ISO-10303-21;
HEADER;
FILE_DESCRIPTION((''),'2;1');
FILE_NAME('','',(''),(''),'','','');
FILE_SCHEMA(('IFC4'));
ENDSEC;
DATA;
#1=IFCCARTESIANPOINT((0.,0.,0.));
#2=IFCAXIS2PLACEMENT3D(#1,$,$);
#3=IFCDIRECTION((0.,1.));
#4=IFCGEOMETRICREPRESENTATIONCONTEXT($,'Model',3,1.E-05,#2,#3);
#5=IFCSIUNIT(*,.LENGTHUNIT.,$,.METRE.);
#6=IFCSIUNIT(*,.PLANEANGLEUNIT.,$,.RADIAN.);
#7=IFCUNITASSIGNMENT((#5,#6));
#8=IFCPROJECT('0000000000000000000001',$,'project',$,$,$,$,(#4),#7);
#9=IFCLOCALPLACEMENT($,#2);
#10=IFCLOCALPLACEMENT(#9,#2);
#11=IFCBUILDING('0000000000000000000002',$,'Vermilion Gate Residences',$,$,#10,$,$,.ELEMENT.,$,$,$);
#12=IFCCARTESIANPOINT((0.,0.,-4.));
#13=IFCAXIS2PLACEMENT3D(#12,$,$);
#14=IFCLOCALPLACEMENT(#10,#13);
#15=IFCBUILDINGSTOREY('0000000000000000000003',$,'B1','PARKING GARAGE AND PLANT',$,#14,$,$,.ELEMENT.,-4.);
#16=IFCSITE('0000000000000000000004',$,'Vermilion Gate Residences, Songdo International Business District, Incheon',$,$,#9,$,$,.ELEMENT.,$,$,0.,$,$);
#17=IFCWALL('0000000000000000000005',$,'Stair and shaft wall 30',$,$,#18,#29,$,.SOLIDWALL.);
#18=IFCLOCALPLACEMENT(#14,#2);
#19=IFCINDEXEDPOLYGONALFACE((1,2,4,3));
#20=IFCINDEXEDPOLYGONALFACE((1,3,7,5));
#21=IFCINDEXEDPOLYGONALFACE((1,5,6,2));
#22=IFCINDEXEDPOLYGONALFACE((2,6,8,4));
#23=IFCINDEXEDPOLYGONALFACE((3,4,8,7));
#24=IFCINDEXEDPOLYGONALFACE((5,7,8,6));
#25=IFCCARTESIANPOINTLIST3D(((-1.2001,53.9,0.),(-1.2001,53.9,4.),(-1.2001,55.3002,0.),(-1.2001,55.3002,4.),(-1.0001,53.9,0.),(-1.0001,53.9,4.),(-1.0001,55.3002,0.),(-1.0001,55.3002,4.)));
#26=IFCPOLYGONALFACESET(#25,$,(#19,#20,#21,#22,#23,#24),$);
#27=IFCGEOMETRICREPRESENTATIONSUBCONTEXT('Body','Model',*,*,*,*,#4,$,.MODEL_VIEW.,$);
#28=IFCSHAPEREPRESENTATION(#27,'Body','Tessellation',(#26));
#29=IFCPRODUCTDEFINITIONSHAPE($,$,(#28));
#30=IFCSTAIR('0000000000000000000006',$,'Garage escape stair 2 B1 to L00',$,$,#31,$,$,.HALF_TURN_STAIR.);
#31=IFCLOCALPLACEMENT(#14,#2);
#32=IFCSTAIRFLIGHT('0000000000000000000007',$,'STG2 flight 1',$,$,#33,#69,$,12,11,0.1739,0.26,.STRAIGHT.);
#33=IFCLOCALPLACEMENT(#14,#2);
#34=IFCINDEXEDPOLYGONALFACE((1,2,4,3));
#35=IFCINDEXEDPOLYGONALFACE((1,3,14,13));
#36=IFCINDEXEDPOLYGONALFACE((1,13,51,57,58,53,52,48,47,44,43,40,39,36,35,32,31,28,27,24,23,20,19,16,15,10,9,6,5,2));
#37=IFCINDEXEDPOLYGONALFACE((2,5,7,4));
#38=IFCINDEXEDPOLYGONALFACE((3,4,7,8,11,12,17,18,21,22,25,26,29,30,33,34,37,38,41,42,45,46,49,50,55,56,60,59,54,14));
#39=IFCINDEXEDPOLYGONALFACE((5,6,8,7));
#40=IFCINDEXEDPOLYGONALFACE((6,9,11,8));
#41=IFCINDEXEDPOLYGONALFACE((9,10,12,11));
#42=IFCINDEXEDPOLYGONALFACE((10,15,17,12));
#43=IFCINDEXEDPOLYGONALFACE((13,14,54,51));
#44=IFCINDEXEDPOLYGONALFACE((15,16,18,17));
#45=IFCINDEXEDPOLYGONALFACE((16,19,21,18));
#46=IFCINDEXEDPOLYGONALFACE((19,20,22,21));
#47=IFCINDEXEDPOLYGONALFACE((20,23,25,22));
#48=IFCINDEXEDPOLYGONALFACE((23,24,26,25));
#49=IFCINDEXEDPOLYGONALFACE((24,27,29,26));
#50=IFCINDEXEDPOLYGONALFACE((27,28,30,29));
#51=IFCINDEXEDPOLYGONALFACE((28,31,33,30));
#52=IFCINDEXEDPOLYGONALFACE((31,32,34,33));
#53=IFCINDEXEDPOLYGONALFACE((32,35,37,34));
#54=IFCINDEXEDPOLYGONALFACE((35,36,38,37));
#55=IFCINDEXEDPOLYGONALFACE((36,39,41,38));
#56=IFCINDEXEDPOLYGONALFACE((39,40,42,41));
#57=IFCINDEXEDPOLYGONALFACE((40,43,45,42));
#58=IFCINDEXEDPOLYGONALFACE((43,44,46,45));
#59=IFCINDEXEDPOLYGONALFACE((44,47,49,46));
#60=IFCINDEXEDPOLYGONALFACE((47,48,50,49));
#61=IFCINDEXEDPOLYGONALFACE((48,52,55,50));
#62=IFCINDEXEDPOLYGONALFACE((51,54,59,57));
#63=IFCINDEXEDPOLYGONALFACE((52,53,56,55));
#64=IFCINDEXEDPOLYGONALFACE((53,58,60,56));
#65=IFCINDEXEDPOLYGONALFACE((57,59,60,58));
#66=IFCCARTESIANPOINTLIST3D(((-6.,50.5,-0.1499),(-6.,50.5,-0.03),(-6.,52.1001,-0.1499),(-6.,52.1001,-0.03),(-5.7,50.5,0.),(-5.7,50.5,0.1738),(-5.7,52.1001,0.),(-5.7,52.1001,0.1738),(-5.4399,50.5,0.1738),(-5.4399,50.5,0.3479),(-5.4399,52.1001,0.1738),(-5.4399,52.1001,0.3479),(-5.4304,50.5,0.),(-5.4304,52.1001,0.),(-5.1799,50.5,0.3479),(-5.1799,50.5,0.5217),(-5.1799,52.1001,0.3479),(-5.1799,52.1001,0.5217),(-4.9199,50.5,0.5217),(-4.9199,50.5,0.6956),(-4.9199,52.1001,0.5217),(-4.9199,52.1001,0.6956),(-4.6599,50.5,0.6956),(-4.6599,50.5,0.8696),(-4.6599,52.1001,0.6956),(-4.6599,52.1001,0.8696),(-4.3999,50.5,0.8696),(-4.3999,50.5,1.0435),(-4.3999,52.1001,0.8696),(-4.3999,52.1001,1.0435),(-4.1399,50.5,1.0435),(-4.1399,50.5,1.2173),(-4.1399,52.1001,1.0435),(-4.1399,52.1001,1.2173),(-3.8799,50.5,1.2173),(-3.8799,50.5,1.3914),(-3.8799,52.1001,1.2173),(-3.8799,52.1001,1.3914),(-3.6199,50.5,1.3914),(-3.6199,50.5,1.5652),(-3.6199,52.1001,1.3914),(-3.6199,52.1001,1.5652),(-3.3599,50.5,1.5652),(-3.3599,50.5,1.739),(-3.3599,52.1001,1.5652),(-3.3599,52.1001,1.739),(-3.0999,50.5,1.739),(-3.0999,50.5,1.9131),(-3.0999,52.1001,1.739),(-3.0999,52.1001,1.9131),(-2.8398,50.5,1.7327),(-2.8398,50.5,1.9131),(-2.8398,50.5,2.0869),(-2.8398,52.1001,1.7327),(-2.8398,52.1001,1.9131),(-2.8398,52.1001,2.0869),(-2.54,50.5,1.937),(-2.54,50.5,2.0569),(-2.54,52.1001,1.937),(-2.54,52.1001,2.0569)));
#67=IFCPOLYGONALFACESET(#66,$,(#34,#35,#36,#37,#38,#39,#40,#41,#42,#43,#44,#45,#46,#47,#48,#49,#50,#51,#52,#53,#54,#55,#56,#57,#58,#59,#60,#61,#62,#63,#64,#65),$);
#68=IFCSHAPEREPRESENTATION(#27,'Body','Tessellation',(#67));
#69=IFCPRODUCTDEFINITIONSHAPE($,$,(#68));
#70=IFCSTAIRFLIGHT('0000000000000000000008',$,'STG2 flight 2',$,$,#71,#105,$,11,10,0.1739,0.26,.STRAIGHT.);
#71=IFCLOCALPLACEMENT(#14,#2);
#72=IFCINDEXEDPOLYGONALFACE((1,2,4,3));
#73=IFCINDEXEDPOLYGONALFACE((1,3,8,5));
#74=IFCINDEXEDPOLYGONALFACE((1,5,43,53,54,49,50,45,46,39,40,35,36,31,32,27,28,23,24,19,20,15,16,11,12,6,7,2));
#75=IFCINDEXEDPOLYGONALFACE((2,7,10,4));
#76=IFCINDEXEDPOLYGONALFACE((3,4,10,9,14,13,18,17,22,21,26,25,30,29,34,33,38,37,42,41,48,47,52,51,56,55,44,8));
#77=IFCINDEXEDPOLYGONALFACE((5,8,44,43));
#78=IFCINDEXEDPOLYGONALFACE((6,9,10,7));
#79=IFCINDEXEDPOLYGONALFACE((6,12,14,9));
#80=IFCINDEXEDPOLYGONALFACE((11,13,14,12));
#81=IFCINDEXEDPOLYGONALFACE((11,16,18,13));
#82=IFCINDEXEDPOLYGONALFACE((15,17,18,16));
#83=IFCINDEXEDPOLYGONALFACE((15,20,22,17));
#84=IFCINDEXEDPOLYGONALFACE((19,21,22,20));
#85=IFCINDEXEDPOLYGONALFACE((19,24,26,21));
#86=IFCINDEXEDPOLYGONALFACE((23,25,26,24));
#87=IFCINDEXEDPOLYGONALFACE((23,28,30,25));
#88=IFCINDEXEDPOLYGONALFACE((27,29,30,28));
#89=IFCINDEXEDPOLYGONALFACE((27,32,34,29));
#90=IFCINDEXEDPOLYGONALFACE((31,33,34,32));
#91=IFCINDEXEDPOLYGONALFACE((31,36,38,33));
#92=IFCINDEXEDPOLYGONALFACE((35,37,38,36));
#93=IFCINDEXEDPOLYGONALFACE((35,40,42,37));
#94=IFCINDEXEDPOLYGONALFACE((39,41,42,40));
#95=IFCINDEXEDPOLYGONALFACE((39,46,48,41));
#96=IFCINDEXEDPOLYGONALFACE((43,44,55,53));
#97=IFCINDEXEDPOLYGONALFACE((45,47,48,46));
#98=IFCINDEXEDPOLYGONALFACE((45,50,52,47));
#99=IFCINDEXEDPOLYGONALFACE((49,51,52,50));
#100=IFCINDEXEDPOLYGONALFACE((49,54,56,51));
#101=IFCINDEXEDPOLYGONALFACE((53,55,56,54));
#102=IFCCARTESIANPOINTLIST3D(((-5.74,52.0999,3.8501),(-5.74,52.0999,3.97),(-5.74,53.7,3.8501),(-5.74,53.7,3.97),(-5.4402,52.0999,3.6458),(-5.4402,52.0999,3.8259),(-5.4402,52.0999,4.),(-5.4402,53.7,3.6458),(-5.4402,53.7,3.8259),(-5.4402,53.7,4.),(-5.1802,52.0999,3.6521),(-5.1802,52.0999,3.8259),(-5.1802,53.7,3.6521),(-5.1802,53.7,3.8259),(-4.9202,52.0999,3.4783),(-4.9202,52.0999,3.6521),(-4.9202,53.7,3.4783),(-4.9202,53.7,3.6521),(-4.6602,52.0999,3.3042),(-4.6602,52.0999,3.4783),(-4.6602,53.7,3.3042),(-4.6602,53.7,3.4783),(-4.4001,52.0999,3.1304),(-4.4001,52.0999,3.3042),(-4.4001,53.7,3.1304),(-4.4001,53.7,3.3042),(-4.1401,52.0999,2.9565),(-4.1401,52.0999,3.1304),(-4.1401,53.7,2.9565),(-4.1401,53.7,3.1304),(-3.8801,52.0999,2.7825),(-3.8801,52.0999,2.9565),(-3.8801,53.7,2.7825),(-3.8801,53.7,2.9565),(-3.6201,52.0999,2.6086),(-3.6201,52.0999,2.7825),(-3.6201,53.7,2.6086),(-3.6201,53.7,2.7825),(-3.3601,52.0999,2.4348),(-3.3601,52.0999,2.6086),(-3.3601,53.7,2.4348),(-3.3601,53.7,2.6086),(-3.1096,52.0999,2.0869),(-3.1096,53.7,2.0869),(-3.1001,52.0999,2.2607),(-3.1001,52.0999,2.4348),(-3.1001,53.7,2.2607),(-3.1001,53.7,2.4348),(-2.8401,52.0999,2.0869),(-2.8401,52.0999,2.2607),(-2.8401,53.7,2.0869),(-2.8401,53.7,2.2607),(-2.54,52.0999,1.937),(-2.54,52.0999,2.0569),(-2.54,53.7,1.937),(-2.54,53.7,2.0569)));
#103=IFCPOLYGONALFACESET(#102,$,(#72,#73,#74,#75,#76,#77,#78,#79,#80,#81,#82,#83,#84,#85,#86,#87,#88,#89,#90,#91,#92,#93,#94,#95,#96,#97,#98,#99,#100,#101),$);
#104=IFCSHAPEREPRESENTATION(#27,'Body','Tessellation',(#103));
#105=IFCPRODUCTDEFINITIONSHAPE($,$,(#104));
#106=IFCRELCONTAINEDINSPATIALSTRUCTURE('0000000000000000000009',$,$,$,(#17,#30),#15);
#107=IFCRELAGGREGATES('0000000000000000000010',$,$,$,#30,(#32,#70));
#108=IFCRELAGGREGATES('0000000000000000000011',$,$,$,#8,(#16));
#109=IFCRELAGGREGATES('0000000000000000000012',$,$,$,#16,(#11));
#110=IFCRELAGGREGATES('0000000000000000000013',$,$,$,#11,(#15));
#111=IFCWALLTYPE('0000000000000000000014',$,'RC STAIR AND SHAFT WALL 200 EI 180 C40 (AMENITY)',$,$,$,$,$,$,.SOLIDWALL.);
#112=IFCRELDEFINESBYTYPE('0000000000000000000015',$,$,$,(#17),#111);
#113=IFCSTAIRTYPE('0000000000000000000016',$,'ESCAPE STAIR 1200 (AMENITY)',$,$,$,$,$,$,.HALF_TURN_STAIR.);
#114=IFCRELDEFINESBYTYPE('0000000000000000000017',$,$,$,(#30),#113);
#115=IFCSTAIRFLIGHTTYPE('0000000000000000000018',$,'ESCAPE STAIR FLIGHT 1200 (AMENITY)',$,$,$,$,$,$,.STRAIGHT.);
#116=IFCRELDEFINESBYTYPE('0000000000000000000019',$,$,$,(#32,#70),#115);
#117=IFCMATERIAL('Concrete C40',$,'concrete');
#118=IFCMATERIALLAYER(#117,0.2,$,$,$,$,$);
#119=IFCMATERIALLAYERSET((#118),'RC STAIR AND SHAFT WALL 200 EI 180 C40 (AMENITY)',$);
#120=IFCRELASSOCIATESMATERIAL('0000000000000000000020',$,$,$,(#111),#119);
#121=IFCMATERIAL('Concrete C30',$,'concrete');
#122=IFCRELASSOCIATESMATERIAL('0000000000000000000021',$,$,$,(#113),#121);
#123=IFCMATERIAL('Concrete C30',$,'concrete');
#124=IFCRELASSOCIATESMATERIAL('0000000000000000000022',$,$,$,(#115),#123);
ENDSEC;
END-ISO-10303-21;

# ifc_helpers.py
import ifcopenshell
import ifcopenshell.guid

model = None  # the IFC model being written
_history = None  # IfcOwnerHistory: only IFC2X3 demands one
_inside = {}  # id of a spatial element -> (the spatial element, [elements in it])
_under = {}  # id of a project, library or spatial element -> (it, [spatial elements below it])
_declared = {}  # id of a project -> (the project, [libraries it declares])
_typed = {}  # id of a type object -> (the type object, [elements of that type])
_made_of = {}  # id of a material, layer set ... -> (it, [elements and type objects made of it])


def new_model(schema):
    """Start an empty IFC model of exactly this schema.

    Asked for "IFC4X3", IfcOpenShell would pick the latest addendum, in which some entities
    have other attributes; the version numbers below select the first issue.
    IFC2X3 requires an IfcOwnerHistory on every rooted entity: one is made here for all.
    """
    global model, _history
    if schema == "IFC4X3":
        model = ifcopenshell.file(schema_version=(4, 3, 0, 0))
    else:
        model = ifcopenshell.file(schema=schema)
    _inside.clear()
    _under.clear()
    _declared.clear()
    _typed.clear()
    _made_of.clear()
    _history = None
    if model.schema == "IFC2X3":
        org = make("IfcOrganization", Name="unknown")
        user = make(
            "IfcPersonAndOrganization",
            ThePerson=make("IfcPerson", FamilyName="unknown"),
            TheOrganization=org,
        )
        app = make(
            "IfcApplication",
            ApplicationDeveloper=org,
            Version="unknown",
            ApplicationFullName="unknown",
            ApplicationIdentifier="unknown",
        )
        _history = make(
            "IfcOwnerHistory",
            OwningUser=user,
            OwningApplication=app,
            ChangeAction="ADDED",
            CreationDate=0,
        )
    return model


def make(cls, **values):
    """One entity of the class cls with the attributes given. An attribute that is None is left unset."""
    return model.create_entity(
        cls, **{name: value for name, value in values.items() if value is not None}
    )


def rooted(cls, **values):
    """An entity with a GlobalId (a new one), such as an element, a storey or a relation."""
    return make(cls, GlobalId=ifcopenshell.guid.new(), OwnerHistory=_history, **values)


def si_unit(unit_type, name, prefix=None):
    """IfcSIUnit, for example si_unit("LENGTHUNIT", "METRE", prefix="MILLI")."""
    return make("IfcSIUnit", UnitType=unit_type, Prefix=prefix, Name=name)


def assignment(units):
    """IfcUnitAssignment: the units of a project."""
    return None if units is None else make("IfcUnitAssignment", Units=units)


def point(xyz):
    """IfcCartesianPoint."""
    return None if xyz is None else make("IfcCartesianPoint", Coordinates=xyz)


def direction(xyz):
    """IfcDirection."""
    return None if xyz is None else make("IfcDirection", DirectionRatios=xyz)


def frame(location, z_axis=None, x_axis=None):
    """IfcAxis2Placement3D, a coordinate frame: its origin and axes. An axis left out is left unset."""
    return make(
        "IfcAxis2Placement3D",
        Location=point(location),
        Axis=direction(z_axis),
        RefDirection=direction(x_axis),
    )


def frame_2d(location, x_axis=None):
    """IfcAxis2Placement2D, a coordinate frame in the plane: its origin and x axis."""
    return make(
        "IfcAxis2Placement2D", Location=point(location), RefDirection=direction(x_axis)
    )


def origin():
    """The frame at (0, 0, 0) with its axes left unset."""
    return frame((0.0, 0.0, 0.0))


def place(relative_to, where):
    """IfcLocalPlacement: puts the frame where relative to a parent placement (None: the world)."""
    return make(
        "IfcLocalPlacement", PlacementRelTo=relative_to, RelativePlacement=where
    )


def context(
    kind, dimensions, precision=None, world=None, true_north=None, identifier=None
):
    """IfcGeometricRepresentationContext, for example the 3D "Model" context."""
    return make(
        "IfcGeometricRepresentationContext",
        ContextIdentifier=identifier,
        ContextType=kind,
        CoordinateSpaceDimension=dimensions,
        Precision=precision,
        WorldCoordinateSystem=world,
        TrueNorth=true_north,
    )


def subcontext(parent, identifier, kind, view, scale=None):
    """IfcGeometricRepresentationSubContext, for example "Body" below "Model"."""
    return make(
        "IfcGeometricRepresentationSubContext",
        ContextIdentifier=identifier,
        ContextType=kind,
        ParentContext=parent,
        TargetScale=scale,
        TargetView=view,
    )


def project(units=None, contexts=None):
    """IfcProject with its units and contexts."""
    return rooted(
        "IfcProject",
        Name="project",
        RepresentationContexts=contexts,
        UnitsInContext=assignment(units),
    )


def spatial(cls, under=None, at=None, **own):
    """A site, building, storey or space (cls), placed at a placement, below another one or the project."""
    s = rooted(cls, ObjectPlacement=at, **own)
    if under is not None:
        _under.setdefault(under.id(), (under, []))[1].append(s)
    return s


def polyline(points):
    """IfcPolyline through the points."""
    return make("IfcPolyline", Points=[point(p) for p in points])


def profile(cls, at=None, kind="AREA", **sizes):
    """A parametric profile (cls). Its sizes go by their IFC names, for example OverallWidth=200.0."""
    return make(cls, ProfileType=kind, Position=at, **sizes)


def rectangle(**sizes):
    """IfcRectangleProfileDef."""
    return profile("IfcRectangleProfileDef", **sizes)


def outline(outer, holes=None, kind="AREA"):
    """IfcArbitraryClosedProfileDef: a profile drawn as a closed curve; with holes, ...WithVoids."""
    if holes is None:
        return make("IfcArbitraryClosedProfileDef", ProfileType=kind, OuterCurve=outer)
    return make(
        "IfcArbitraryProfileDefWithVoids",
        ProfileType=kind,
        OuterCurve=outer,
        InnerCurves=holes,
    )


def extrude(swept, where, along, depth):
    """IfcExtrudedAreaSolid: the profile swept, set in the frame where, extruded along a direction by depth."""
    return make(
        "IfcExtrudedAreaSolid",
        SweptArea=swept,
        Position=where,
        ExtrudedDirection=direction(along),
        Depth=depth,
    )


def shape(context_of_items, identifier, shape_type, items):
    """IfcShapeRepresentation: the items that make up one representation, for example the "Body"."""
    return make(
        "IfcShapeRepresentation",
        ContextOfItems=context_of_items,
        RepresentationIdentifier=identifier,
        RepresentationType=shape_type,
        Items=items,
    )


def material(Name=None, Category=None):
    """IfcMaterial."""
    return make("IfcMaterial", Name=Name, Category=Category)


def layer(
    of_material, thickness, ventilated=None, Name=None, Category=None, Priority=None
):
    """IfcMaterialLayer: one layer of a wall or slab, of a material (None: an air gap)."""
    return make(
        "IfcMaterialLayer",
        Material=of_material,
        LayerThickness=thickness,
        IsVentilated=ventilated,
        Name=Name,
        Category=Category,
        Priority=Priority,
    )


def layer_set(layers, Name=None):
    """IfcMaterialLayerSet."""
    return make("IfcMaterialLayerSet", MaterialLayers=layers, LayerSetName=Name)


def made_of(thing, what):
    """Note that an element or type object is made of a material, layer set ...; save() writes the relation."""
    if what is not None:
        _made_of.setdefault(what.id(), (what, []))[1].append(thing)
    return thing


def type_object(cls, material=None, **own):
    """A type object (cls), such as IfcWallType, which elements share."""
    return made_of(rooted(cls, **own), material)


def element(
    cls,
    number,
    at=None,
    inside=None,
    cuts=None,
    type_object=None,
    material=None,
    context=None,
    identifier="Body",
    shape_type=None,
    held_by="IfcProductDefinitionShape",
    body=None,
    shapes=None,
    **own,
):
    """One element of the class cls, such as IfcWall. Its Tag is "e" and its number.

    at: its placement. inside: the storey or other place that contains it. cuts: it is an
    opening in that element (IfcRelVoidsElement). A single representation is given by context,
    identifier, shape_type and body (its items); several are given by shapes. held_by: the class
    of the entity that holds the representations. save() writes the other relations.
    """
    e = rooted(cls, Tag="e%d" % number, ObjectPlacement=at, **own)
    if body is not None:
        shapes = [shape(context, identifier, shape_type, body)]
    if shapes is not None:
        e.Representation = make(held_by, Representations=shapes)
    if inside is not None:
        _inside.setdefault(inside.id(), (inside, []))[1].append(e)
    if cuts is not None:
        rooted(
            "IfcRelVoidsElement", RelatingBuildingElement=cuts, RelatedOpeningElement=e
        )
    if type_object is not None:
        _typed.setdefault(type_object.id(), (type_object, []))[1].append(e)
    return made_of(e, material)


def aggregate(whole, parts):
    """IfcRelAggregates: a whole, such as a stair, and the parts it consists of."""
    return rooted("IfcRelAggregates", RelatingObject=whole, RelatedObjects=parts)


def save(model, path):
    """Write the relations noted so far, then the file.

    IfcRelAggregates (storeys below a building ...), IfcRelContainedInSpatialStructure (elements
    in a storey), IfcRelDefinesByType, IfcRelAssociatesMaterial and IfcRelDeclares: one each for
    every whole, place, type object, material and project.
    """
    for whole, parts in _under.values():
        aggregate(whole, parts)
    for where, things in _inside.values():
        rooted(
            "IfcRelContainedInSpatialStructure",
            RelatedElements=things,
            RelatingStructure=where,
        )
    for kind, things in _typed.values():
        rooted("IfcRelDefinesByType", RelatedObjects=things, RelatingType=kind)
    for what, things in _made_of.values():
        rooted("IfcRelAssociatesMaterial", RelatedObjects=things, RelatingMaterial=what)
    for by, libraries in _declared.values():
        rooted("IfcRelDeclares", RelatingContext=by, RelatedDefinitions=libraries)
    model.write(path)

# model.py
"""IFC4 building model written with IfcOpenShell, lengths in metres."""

from ifc_helpers import new_model, si_unit, direction, frame, frame_2d, origin, place, context, subcontext, project, spatial, polyline, rectangle, outline, extrude, material, layer, layer_set, type_object, element, aggregate, save


model = new_model("IFC4")

# Units and contexts
model_context = context("Model", 3, precision=1e-05, world=origin(), true_north=direction((0.0, 1.0)))
body_context = subcontext(model_context, "Body", "Model", "MODEL_VIEW")
ifc_project = project(units=[si_unit("LENGTHUNIT", "METRE"), si_unit("PLANEANGLEUNIT", "RADIAN")], contexts=[model_context])

# Site, building, storey
site_placement = place(None, origin())
site = spatial("IfcSite", under=ifc_project, at=site_placement, Name="Vermilion Gate Residences, Songdo International Business District, Incheon", CompositionType="ELEMENT", RefElevation=0.0)
building_placement = place(site_placement, origin())
building = spatial("IfcBuilding", under=site, at=building_placement, Name="Vermilion Gate Residences", CompositionType="ELEMENT")
storey_placement = place(building_placement, frame((0.0, 0.0, -4.0)))
storey = spatial("IfcBuildingStorey", under=building, at=storey_placement, Name="B1", Description="PARKING GARAGE AND PLANT", CompositionType="ELEMENT", Elevation=-4.0)

# Shared definitions
ifc_material_1 = material(Name="Concrete C40", Category="concrete")
ifc_layer_1 = layer(ifc_material_1, 0.2)
ifc_layer_set_1 = layer_set([ifc_layer_1], Name="RC STAIR AND SHAFT WALL 200 EI 180 C40 (AMENITY)")
wall_type_1 = type_object("IfcWallType", Name="RC STAIR AND SHAFT WALL 200 EI 180 C40 (AMENITY)", PredefinedType="SOLIDWALL", material=ifc_layer_set_1)

# Wall
wall_1_placement = place(storey_placement, frame((-1.1001, 53.8999, 0.0), z_axis=(0.0, 0.0, 1.0), x_axis=(0.0, 1.0, 0.0)))
element("IfcWall", 1, at=wall_1_placement, inside=storey, type_object=wall_type_1, Name="Stair and shaft wall 30", PredefinedType="SOLIDWALL", context=body_context, shape_type="SweptSolid", body=[
    extrude(rectangle(XDim=1.4001, YDim=0.2, at=frame_2d((0.7002, 0.0))), origin(), (0.0, 0.0, 1.0), 4.0),
])

# Stair, stair flights
ifc_material_2 = material(Name="Concrete C30", Category="concrete")
stair_type = type_object("IfcStairType", Name="ESCAPE STAIR 1200 (AMENITY)", PredefinedType="HALF_TURN_STAIR", material=ifc_material_2)
stair_placement = place(storey_placement, origin())
stair = element("IfcStair", 2, at=stair_placement, inside=storey, type_object=stair_type, Name="Garage escape stair 2 B1 to L00", PredefinedType="HALF_TURN_STAIR")
ifc_material_3 = material(Name="Concrete C30", Category="concrete")
stair_flight_type = type_object("IfcStairFlightType", Name="ESCAPE STAIR FLIGHT 1200 (AMENITY)", PredefinedType="STRAIGHT", material=ifc_material_3)
stair_flight_1_placement = place(storey_placement, frame((-5.7, 51.3, 0.0), z_axis=(0.0, 0.0, 1.0), x_axis=(1.0, 0.0, 0.0)))
stair_flight_1 = element("IfcStairFlight", 3, at=stair_flight_1_placement, type_object=stair_flight_type, Name="STG2 flight 1", NumberOfRisers=12, NumberOfTreads=11, PredefinedType="STRAIGHT", RiserHeight=0.1739, TreadLength=0.26, context=body_context, shape_type="SweptSolid", body=[
    extrude(outline(polyline([(-0.3, -0.1499), (-0.3, -0.03), (0.0, 0.0), (0.0, 0.1738), (0.26, 0.1738), (0.26, 0.3479), (0.52, 0.3479), (0.52, 0.5217), (0.78, 0.5217), (0.78, 0.6956), (1.04, 0.6956), (1.04, 0.8696), (1.3, 0.8696), (1.3, 1.0435), (1.5601, 1.0435), (1.5601, 1.2173), (1.8201, 1.2173), (1.8201, 1.3914), (2.0801, 1.3914), (2.0801, 1.5652), (2.3401, 1.5652), (2.3401, 1.739), (2.6001, 1.739), (2.6001, 1.9131), (2.8601, 1.9131), (2.8601, 2.0869), (3.1599, 2.0569), (3.1599, 1.937), (2.8601, 1.7327), (0.2695, 0.0), (-0.3, -0.1499)])), frame((0.0, 0.8, 0.0), z_axis=(0.0, -1.0, 0.0), x_axis=(1.0, 0.0, 0.0)), (0.0, 0.0, 1.0), 1.6001),
])
stair_flight_2_placement = place(storey_placement, frame((-2.8401, 52.8999, 2.0869), z_axis=(0.0, 0.0, 1.0), x_axis=(-1.0, 0.0, 0.0)))
stair_flight_2 = element("IfcStairFlight", 4, at=stair_flight_2_placement, type_object=stair_flight_type, Name="STG2 flight 2", NumberOfRisers=11, NumberOfTreads=10, PredefinedType="STRAIGHT", RiserHeight=0.1739, TreadLength=0.26, context=body_context, shape_type="SweptSolid", body=[
    extrude(outline(polyline([(-0.3, -0.1499), (-0.3, -0.03), (0.0, 0.0), (0.0, 0.1738), (0.26, 0.1738), (0.26, 0.3479), (0.52, 0.3479), (0.52, 0.5217), (0.78, 0.5217), (0.78, 0.6956), (1.04, 0.6956), (1.04, 0.8696), (1.3, 0.8696), (1.3, 1.0435), (1.5601, 1.0435), (1.5601, 1.2173), (1.8201, 1.2173), (1.8201, 1.3914), (2.0801, 1.3914), (2.0801, 1.5652), (2.3401, 1.5652), (2.3401, 1.739), (2.6001, 1.739), (2.6001, 1.9131), (2.8999, 1.8831), (2.8999, 1.7632), (2.6001, 1.5588), (0.2695, 0.0), (-0.3, -0.1499)])), frame((0.0, 0.8, 0.0), z_axis=(0.0, -1.0, 0.0), x_axis=(1.0, 0.0, 0.0)), (0.0, 0.0, 1.0), 1.6001),
])
aggregate(stair, [stair_flight_1, stair_flight_2])

save(model, "model.ifc")
